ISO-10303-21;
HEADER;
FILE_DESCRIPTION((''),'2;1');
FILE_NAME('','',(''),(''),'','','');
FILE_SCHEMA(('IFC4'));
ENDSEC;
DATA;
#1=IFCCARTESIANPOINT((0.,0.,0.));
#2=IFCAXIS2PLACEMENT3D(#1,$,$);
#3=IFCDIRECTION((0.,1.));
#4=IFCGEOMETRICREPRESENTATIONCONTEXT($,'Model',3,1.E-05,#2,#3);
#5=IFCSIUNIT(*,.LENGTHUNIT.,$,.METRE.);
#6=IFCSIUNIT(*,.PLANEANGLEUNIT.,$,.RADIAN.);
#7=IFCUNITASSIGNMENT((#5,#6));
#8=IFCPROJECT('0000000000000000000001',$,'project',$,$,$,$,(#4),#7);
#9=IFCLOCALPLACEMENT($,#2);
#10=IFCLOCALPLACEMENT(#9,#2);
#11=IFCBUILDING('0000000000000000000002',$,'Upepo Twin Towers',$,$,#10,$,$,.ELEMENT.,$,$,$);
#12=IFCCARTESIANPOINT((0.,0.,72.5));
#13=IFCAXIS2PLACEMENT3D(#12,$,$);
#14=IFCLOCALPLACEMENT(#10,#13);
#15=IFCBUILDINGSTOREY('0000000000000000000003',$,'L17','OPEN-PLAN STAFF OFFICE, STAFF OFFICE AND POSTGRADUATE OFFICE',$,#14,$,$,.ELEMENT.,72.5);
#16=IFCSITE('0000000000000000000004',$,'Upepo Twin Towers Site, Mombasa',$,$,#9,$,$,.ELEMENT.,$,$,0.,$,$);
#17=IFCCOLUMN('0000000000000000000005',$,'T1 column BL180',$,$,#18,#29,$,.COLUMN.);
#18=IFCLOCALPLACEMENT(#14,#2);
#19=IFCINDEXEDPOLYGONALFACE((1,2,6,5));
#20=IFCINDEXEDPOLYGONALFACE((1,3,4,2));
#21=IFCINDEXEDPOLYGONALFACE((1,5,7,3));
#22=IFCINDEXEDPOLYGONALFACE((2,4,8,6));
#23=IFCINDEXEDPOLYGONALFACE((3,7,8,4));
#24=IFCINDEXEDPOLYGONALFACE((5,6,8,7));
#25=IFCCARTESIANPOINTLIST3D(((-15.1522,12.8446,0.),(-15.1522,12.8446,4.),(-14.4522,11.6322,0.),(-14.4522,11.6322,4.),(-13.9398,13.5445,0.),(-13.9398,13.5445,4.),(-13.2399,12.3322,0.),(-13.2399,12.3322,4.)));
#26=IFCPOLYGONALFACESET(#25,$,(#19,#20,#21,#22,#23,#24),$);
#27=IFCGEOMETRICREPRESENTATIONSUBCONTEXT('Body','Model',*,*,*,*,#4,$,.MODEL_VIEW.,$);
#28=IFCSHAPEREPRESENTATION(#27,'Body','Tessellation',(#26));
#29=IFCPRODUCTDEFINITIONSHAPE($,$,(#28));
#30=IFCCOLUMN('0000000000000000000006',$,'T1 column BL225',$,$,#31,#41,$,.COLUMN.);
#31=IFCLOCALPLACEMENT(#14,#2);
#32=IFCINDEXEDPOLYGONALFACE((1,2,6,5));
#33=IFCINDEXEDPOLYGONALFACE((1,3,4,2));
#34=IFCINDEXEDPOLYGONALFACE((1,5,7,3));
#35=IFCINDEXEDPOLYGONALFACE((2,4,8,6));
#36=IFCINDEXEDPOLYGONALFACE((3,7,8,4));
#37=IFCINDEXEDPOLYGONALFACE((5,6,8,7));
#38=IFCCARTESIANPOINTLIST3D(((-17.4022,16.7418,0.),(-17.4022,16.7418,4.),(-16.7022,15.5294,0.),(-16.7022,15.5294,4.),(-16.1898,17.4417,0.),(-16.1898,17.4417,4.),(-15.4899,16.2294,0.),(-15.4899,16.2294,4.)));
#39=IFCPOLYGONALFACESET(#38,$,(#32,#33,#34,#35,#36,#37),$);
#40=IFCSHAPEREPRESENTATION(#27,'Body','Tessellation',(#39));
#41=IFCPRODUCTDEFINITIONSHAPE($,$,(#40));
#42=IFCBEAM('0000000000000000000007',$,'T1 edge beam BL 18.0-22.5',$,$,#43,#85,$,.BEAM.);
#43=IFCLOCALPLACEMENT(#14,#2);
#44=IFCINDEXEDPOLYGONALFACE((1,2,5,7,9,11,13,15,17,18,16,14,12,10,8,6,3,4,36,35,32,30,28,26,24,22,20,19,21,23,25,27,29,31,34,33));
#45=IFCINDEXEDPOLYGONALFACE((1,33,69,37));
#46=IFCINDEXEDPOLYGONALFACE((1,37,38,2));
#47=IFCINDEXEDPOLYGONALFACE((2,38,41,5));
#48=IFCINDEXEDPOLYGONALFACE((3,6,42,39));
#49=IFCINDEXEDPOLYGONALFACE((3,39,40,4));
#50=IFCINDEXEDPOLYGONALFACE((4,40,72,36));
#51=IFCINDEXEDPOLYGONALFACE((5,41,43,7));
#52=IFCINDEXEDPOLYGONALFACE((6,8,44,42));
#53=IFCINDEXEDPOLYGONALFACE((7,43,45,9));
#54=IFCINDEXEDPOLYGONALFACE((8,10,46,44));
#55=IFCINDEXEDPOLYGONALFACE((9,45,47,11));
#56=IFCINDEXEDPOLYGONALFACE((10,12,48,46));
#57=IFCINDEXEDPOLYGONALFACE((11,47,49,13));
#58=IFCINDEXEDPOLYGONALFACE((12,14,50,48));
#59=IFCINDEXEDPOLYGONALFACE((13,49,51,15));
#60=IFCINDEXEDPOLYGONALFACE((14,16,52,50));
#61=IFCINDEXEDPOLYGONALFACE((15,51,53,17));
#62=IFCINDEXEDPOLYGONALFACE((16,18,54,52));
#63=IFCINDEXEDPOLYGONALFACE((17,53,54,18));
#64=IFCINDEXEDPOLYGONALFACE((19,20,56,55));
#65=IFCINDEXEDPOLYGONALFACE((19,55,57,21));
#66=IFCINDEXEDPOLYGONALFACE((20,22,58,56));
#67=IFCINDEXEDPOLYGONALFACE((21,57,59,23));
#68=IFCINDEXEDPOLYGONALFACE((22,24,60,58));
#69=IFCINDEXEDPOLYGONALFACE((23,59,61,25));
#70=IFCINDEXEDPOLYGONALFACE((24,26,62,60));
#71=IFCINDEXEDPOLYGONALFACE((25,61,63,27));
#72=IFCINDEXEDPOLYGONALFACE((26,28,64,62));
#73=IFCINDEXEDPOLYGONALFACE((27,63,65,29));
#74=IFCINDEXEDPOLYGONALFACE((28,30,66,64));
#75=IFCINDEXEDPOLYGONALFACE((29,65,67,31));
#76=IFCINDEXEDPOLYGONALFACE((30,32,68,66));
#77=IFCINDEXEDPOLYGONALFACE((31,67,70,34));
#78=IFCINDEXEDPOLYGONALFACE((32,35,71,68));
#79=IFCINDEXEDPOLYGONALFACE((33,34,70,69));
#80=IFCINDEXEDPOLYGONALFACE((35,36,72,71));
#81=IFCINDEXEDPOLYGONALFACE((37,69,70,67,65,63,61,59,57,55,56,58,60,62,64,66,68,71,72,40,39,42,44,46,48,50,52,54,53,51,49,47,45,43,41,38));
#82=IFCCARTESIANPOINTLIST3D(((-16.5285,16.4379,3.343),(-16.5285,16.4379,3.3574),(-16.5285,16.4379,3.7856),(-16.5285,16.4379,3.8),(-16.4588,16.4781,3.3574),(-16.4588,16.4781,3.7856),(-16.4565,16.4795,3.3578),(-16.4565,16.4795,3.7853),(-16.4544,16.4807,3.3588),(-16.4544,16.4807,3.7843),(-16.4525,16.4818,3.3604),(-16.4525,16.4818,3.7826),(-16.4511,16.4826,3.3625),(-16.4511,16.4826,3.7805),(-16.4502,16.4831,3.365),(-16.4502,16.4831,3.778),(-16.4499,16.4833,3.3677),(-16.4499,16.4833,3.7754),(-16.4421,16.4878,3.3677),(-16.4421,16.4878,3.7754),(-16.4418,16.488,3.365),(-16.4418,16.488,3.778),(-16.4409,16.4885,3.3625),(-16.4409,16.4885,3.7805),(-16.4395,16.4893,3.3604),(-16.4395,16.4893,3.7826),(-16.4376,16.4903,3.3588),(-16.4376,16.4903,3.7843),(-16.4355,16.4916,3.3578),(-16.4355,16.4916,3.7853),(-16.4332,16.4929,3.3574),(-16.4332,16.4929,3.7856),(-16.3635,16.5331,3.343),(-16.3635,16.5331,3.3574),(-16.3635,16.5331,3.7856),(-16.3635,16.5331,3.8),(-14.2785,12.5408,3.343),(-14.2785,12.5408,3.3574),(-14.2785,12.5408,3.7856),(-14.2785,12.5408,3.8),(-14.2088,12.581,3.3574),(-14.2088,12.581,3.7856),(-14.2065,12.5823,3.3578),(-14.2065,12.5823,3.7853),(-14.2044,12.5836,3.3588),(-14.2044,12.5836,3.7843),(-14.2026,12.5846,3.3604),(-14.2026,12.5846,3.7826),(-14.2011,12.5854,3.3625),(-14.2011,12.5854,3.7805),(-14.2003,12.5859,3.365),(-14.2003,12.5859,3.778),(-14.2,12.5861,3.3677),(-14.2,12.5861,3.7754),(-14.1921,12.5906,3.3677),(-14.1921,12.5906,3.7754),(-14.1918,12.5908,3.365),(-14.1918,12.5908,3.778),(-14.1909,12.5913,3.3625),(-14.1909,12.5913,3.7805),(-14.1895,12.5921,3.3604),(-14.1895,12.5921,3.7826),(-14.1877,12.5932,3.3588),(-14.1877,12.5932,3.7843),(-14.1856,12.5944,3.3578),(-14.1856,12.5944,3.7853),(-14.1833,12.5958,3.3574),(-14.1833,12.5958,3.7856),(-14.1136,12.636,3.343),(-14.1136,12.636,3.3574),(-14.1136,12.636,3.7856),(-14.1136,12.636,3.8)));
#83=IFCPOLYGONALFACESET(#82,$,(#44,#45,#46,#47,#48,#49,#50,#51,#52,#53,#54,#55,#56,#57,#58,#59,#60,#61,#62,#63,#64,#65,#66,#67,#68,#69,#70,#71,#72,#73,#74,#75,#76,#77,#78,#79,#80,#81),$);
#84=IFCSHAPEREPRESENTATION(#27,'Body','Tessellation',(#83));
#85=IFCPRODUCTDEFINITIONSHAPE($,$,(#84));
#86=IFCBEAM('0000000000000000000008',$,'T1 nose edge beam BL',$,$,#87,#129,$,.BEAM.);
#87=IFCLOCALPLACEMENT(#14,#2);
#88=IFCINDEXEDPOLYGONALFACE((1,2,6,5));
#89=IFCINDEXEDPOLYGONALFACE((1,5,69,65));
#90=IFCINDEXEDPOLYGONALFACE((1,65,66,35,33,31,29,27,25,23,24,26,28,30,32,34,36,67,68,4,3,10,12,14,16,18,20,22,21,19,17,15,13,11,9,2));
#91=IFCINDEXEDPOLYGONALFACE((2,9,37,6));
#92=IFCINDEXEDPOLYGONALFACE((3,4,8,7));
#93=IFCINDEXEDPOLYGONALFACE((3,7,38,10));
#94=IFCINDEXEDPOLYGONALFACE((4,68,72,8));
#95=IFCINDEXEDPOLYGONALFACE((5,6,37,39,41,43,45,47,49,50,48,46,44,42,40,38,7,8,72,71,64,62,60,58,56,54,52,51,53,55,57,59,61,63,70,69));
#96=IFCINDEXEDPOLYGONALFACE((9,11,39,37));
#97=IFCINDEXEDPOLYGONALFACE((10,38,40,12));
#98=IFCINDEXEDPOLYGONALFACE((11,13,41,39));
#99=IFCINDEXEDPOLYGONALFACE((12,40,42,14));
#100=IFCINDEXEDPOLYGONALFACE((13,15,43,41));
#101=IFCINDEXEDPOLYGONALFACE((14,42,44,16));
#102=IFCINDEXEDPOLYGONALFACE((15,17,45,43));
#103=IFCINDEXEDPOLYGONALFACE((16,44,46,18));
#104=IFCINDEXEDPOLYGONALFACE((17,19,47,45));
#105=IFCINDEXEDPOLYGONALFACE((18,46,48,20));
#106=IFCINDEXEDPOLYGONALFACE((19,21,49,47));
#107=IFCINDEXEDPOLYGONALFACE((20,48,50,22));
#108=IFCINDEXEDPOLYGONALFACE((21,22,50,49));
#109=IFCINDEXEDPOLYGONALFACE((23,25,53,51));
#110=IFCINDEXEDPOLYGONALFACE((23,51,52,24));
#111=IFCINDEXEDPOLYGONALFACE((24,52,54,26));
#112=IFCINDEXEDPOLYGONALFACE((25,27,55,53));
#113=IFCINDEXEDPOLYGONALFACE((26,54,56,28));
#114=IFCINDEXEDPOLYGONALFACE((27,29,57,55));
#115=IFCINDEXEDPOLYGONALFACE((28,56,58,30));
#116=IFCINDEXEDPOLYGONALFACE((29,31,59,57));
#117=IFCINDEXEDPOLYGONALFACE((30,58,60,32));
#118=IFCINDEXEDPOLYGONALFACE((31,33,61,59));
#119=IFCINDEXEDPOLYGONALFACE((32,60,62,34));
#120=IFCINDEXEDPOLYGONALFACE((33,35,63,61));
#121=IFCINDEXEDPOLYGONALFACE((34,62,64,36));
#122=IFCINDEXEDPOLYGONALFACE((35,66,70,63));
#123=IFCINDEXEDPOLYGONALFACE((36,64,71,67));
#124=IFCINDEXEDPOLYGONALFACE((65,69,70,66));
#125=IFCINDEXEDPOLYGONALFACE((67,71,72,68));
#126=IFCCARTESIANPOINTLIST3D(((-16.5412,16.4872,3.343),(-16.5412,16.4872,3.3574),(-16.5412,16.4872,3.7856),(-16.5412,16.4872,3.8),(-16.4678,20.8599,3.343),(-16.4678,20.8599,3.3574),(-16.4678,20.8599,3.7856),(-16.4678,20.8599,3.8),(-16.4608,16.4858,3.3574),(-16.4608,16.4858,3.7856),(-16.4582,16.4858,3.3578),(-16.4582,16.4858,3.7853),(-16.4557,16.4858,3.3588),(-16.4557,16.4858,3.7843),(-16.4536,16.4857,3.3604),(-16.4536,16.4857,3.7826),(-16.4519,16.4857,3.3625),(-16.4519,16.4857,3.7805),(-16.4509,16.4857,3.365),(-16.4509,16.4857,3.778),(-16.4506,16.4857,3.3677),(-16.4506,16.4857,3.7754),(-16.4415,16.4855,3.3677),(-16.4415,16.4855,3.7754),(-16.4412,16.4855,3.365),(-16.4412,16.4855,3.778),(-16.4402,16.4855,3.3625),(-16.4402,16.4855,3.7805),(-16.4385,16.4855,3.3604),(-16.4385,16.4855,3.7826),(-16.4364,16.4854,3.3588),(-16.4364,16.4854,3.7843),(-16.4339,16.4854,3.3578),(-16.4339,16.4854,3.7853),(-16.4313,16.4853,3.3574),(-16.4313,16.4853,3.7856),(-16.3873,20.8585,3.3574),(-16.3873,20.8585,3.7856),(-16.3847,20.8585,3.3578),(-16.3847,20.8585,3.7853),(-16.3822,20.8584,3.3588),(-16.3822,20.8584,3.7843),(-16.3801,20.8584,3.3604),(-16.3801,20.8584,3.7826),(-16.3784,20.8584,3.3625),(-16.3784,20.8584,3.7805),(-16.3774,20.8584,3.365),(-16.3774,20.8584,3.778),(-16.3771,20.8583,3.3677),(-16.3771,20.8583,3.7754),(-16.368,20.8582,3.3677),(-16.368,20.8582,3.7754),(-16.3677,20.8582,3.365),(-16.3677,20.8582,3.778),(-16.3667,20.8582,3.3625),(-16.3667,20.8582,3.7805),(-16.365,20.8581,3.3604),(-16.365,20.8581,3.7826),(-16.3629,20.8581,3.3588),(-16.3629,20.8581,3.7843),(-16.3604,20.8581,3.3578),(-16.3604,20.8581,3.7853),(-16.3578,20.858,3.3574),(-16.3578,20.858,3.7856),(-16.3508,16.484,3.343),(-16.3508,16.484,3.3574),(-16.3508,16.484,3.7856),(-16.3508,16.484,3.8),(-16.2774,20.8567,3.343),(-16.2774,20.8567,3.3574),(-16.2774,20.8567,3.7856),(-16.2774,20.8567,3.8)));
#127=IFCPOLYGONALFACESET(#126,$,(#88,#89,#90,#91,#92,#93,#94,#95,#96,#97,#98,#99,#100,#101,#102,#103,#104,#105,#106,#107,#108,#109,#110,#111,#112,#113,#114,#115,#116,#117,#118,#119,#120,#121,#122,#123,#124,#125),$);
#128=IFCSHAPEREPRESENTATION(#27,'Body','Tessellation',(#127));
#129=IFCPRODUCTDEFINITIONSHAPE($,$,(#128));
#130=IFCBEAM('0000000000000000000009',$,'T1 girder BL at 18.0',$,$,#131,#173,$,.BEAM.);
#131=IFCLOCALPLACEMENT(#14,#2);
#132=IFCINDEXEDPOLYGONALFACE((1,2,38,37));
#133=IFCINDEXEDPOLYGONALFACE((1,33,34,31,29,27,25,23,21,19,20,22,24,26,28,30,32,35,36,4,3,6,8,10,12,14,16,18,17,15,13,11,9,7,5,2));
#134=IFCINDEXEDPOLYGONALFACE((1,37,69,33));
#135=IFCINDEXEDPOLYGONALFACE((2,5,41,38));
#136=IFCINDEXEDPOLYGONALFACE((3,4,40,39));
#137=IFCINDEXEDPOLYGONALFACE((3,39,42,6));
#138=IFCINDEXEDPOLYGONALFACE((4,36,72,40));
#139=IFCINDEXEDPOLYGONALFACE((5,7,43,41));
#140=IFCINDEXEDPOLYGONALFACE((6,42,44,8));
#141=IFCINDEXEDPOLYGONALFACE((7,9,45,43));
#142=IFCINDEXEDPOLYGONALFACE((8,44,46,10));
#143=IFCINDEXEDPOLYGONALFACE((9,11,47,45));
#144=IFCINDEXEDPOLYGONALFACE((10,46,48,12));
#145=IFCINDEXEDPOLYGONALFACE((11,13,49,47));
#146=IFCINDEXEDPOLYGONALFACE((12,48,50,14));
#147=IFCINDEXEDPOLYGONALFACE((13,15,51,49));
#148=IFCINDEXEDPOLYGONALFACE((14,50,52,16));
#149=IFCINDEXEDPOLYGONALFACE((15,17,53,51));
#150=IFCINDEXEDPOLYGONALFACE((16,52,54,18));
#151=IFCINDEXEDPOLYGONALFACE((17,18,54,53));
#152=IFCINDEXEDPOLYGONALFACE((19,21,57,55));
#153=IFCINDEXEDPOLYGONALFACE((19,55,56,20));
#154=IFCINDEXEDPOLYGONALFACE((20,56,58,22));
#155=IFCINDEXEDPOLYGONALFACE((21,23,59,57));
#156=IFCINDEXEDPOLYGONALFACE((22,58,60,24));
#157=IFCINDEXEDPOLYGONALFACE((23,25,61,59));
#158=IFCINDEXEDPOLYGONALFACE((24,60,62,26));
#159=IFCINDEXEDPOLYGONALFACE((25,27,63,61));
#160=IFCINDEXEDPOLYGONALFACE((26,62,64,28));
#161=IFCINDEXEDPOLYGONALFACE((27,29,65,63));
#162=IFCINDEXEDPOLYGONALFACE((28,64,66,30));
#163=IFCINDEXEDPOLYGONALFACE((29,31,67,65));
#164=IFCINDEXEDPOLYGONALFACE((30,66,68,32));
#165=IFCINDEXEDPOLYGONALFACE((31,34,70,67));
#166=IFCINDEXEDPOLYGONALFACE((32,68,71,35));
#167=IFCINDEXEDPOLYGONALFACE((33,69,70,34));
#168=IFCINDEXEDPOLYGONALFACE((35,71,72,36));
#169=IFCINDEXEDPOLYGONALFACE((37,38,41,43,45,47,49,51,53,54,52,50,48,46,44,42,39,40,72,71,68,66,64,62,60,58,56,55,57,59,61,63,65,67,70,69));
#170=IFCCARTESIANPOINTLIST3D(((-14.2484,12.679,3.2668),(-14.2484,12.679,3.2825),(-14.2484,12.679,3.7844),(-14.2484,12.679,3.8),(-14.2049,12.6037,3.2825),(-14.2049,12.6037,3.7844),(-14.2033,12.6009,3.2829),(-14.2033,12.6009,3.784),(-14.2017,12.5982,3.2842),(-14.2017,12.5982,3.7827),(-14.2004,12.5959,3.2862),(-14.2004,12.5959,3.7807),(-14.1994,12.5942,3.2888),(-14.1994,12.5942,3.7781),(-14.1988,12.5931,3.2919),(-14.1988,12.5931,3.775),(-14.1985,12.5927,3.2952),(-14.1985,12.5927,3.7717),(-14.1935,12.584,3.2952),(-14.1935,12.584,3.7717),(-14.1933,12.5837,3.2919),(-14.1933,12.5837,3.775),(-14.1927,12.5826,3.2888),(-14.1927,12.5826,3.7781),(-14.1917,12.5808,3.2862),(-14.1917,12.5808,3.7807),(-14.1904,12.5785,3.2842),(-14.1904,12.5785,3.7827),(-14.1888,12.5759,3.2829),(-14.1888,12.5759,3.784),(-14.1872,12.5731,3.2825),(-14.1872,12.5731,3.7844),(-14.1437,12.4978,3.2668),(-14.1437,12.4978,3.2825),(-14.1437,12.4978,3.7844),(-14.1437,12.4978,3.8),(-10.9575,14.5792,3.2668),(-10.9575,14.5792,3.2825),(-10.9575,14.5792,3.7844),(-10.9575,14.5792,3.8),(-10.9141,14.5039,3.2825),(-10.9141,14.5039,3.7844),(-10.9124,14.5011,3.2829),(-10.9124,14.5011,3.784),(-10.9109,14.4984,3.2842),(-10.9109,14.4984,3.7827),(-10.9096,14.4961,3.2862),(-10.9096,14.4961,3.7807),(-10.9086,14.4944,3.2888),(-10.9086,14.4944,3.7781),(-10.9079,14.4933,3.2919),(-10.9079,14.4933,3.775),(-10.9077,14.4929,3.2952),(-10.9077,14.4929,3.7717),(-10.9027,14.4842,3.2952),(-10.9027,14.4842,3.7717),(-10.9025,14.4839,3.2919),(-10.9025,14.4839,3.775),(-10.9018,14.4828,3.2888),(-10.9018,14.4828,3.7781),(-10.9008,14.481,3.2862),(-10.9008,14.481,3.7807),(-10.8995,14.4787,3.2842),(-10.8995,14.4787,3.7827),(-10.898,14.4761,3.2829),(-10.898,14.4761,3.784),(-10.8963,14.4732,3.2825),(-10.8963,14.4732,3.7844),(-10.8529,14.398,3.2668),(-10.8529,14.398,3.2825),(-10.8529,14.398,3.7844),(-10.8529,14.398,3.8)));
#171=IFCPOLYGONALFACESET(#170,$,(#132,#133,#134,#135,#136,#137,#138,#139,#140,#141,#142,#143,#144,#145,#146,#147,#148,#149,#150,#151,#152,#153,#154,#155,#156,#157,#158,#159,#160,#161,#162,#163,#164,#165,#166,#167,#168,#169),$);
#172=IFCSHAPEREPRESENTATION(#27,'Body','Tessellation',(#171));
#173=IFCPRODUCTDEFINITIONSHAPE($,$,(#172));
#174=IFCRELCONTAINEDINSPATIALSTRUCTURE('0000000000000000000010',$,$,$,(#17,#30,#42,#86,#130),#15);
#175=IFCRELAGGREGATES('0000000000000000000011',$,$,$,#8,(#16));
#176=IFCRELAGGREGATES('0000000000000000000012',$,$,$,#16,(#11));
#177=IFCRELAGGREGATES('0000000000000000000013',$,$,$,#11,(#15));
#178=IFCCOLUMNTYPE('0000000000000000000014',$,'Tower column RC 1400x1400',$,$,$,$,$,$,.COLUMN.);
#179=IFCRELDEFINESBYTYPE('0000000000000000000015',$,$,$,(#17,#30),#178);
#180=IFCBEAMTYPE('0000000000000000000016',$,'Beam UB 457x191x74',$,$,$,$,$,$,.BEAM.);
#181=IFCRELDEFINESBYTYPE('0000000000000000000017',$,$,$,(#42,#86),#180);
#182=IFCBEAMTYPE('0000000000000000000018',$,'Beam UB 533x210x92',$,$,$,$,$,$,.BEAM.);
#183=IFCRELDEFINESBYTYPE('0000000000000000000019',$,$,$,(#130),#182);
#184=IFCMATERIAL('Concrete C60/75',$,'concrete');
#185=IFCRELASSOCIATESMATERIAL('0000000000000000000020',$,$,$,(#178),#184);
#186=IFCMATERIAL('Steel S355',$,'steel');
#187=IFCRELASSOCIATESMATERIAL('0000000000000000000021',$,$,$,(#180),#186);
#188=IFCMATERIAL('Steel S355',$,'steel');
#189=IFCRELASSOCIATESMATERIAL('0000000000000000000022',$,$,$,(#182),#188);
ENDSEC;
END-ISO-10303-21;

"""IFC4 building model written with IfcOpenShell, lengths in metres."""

from ifc_helpers import new_model, si_unit, direction, frame, origin, origin_2d, place, context, subcontext, project, spatial, rectangle, i_section, extrude, material, material_profile, profile_set, type_object, element, save


model = new_model("IFC4")

# Units and contexts
model_context = context("Model", 3, precision=1e-05, world=origin(), true_north=direction((0.0, 1.0)))
body_context = subcontext(model_context, "Body", "Model", "MODEL_VIEW")
ifc_project = project(units=[si_unit("LENGTHUNIT", "METRE"), si_unit("PLANEANGLEUNIT", "RADIAN")], contexts=[model_context])

# Site, building, storey
site_placement = place(None, origin())
site = spatial("IfcSite", under=ifc_project, at=site_placement, Name="Upepo Twin Towers Site, Mombasa", CompositionType="ELEMENT", RefElevation=0.0)
building_placement = place(site_placement, origin())
building = spatial("IfcBuilding", under=site, at=building_placement, Name="Upepo Twin Towers", CompositionType="ELEMENT")
storey_placement = place(building_placement, frame((0.0, 0.0, 72.5)))
storey = spatial("IfcBuildingStorey", under=building, at=storey_placement, Name="L17", Description="OPEN-PLAN STAFF OFFICE, STAFF OFFICE AND POSTGRADUATE OFFICE", CompositionType="ELEMENT", Elevation=72.5)

# Columns
ifc_material_1 = material(Name="Concrete C60/75", Category="concrete")
ifc_material_profile_1 = material_profile(ifc_material_1, rectangle(XDim=1.3999, YDim=1.3999, at=origin_2d()), Name="RC 1400x1400")
ifc_profile_set_1 = profile_set([ifc_material_profile_1], Name="Concrete C60/75")
column_type = type_object("IfcColumnType", Name="Tower column RC 1400x1400", PredefinedType="COLUMN", material=ifc_profile_set_1)
for number, where, z_axis, x_axis, name in (
    (1, (-14.196, 12.5884, 0.0), (0.0, 0.0, 1.0), (0.866025, 0.5, 0.0), "T1 column BL180"),
    (2, (-16.446, 16.4856, 0.0), (0.0, 0.0, 1.0), (0.866025, 0.5, 0.0), "T1 column BL225"),
):
    element("IfcColumn", number, at=place(storey_placement, frame(where, z_axis=z_axis, x_axis=x_axis)), inside=storey, type_object=column_type, Name=name, PredefinedType="COLUMN", context=body_context, shape_type="SweptSolid", body=[
        extrude(rectangle(XDim=1.3999, YDim=1.3999, at=origin_2d()), origin(), (0.0, 0.0, 1.0), 4.0),
    ])

# Beams
ifc_material_2 = material(Name="Steel S355", Category="steel")
ifc_material_profile_2 = material_profile(ifc_material_2, i_section(OverallWidth=0.1904, OverallDepth=0.457, WebThickness=0.009, FlangeThickness=0.0144, FilletRadius=0.0103, at=origin_2d()), Name="UB 457x191x74")
ifc_profile_set_2 = profile_set([ifc_material_profile_2], Name="Steel S355")
beam_type_1 = type_object("IfcBeamType", Name="Beam UB 457x191x74", PredefinedType="BEAM", material=ifc_profile_set_2)
beam_1_placement = place(storey_placement, frame((-14.196, 12.5884, 3.5715), z_axis=(-0.49999, 0.866031, 0.0), x_axis=(-0.866031, -0.49999, 0.0)))
element("IfcBeam", 3, at=beam_1_placement, inside=storey, type_object=beam_type_1, Name="T1 edge beam BL 18.0-22.5", PredefinedType="BEAM", context=body_context, shape_type="SweptSolid", body=[
    extrude(i_section(OverallWidth=0.1904, OverallDepth=0.457, WebThickness=0.009, FlangeThickness=0.0144, FilletRadius=0.0103, at=origin_2d()), origin(), (0.0, 0.0, 1.0), 4.5),
])
beam_2_placement = place(storey_placement, frame((-16.446, 16.4856, 3.5715), z_axis=(0.016804, 0.999859, 0.0), x_axis=(-0.999859, 0.016804, 0.0)))
element("IfcBeam", 4, at=beam_2_placement, inside=storey, type_object=beam_type_1, Name="T1 nose edge beam BL", PredefinedType="BEAM", context=body_context, shape_type="SweptSolid", body=[
    extrude(i_section(OverallWidth=0.1904, OverallDepth=0.457, WebThickness=0.009, FlangeThickness=0.0144, FilletRadius=0.0103, at=origin_2d()), origin(), (0.0, 0.0, 1.0), 4.3733),
])
ifc_material_3 = material(Name="Steel S355", Category="steel")
ifc_material_profile_3 = material_profile(ifc_material_3, i_section(OverallWidth=0.2092, OverallDepth=0.5332, WebThickness=0.01, FlangeThickness=0.0156, FilletRadius=0.0127, at=origin_2d()), Name="UB 533x210x92")
ifc_profile_set_3 = profile_set([ifc_material_profile_3], Name="Steel S355")
beam_type_2 = type_object("IfcBeamType", Name="Beam UB 533x210x92", PredefinedType="BEAM", material=ifc_profile_set_3)
beam_3_placement = place(storey_placement, frame((-14.196, 12.5884, 3.5334), z_axis=(0.866, 0.500043, 0.0), x_axis=(-0.500043, 0.866, 0.0)))
element("IfcBeam", 5, at=beam_3_placement, inside=storey, type_object=beam_type_2, Name="T1 girder BL at 18.0", PredefinedType="BEAM", context=body_context, shape_type="SweptSolid", body=[
    extrude(i_section(OverallWidth=0.2092, OverallDepth=0.5332, WebThickness=0.01, FlangeThickness=0.0156, FilletRadius=0.0127, at=origin_2d()), origin(), (0.0, 0.0, 1.0), 3.8),
])

save(model, "model.ifc")
